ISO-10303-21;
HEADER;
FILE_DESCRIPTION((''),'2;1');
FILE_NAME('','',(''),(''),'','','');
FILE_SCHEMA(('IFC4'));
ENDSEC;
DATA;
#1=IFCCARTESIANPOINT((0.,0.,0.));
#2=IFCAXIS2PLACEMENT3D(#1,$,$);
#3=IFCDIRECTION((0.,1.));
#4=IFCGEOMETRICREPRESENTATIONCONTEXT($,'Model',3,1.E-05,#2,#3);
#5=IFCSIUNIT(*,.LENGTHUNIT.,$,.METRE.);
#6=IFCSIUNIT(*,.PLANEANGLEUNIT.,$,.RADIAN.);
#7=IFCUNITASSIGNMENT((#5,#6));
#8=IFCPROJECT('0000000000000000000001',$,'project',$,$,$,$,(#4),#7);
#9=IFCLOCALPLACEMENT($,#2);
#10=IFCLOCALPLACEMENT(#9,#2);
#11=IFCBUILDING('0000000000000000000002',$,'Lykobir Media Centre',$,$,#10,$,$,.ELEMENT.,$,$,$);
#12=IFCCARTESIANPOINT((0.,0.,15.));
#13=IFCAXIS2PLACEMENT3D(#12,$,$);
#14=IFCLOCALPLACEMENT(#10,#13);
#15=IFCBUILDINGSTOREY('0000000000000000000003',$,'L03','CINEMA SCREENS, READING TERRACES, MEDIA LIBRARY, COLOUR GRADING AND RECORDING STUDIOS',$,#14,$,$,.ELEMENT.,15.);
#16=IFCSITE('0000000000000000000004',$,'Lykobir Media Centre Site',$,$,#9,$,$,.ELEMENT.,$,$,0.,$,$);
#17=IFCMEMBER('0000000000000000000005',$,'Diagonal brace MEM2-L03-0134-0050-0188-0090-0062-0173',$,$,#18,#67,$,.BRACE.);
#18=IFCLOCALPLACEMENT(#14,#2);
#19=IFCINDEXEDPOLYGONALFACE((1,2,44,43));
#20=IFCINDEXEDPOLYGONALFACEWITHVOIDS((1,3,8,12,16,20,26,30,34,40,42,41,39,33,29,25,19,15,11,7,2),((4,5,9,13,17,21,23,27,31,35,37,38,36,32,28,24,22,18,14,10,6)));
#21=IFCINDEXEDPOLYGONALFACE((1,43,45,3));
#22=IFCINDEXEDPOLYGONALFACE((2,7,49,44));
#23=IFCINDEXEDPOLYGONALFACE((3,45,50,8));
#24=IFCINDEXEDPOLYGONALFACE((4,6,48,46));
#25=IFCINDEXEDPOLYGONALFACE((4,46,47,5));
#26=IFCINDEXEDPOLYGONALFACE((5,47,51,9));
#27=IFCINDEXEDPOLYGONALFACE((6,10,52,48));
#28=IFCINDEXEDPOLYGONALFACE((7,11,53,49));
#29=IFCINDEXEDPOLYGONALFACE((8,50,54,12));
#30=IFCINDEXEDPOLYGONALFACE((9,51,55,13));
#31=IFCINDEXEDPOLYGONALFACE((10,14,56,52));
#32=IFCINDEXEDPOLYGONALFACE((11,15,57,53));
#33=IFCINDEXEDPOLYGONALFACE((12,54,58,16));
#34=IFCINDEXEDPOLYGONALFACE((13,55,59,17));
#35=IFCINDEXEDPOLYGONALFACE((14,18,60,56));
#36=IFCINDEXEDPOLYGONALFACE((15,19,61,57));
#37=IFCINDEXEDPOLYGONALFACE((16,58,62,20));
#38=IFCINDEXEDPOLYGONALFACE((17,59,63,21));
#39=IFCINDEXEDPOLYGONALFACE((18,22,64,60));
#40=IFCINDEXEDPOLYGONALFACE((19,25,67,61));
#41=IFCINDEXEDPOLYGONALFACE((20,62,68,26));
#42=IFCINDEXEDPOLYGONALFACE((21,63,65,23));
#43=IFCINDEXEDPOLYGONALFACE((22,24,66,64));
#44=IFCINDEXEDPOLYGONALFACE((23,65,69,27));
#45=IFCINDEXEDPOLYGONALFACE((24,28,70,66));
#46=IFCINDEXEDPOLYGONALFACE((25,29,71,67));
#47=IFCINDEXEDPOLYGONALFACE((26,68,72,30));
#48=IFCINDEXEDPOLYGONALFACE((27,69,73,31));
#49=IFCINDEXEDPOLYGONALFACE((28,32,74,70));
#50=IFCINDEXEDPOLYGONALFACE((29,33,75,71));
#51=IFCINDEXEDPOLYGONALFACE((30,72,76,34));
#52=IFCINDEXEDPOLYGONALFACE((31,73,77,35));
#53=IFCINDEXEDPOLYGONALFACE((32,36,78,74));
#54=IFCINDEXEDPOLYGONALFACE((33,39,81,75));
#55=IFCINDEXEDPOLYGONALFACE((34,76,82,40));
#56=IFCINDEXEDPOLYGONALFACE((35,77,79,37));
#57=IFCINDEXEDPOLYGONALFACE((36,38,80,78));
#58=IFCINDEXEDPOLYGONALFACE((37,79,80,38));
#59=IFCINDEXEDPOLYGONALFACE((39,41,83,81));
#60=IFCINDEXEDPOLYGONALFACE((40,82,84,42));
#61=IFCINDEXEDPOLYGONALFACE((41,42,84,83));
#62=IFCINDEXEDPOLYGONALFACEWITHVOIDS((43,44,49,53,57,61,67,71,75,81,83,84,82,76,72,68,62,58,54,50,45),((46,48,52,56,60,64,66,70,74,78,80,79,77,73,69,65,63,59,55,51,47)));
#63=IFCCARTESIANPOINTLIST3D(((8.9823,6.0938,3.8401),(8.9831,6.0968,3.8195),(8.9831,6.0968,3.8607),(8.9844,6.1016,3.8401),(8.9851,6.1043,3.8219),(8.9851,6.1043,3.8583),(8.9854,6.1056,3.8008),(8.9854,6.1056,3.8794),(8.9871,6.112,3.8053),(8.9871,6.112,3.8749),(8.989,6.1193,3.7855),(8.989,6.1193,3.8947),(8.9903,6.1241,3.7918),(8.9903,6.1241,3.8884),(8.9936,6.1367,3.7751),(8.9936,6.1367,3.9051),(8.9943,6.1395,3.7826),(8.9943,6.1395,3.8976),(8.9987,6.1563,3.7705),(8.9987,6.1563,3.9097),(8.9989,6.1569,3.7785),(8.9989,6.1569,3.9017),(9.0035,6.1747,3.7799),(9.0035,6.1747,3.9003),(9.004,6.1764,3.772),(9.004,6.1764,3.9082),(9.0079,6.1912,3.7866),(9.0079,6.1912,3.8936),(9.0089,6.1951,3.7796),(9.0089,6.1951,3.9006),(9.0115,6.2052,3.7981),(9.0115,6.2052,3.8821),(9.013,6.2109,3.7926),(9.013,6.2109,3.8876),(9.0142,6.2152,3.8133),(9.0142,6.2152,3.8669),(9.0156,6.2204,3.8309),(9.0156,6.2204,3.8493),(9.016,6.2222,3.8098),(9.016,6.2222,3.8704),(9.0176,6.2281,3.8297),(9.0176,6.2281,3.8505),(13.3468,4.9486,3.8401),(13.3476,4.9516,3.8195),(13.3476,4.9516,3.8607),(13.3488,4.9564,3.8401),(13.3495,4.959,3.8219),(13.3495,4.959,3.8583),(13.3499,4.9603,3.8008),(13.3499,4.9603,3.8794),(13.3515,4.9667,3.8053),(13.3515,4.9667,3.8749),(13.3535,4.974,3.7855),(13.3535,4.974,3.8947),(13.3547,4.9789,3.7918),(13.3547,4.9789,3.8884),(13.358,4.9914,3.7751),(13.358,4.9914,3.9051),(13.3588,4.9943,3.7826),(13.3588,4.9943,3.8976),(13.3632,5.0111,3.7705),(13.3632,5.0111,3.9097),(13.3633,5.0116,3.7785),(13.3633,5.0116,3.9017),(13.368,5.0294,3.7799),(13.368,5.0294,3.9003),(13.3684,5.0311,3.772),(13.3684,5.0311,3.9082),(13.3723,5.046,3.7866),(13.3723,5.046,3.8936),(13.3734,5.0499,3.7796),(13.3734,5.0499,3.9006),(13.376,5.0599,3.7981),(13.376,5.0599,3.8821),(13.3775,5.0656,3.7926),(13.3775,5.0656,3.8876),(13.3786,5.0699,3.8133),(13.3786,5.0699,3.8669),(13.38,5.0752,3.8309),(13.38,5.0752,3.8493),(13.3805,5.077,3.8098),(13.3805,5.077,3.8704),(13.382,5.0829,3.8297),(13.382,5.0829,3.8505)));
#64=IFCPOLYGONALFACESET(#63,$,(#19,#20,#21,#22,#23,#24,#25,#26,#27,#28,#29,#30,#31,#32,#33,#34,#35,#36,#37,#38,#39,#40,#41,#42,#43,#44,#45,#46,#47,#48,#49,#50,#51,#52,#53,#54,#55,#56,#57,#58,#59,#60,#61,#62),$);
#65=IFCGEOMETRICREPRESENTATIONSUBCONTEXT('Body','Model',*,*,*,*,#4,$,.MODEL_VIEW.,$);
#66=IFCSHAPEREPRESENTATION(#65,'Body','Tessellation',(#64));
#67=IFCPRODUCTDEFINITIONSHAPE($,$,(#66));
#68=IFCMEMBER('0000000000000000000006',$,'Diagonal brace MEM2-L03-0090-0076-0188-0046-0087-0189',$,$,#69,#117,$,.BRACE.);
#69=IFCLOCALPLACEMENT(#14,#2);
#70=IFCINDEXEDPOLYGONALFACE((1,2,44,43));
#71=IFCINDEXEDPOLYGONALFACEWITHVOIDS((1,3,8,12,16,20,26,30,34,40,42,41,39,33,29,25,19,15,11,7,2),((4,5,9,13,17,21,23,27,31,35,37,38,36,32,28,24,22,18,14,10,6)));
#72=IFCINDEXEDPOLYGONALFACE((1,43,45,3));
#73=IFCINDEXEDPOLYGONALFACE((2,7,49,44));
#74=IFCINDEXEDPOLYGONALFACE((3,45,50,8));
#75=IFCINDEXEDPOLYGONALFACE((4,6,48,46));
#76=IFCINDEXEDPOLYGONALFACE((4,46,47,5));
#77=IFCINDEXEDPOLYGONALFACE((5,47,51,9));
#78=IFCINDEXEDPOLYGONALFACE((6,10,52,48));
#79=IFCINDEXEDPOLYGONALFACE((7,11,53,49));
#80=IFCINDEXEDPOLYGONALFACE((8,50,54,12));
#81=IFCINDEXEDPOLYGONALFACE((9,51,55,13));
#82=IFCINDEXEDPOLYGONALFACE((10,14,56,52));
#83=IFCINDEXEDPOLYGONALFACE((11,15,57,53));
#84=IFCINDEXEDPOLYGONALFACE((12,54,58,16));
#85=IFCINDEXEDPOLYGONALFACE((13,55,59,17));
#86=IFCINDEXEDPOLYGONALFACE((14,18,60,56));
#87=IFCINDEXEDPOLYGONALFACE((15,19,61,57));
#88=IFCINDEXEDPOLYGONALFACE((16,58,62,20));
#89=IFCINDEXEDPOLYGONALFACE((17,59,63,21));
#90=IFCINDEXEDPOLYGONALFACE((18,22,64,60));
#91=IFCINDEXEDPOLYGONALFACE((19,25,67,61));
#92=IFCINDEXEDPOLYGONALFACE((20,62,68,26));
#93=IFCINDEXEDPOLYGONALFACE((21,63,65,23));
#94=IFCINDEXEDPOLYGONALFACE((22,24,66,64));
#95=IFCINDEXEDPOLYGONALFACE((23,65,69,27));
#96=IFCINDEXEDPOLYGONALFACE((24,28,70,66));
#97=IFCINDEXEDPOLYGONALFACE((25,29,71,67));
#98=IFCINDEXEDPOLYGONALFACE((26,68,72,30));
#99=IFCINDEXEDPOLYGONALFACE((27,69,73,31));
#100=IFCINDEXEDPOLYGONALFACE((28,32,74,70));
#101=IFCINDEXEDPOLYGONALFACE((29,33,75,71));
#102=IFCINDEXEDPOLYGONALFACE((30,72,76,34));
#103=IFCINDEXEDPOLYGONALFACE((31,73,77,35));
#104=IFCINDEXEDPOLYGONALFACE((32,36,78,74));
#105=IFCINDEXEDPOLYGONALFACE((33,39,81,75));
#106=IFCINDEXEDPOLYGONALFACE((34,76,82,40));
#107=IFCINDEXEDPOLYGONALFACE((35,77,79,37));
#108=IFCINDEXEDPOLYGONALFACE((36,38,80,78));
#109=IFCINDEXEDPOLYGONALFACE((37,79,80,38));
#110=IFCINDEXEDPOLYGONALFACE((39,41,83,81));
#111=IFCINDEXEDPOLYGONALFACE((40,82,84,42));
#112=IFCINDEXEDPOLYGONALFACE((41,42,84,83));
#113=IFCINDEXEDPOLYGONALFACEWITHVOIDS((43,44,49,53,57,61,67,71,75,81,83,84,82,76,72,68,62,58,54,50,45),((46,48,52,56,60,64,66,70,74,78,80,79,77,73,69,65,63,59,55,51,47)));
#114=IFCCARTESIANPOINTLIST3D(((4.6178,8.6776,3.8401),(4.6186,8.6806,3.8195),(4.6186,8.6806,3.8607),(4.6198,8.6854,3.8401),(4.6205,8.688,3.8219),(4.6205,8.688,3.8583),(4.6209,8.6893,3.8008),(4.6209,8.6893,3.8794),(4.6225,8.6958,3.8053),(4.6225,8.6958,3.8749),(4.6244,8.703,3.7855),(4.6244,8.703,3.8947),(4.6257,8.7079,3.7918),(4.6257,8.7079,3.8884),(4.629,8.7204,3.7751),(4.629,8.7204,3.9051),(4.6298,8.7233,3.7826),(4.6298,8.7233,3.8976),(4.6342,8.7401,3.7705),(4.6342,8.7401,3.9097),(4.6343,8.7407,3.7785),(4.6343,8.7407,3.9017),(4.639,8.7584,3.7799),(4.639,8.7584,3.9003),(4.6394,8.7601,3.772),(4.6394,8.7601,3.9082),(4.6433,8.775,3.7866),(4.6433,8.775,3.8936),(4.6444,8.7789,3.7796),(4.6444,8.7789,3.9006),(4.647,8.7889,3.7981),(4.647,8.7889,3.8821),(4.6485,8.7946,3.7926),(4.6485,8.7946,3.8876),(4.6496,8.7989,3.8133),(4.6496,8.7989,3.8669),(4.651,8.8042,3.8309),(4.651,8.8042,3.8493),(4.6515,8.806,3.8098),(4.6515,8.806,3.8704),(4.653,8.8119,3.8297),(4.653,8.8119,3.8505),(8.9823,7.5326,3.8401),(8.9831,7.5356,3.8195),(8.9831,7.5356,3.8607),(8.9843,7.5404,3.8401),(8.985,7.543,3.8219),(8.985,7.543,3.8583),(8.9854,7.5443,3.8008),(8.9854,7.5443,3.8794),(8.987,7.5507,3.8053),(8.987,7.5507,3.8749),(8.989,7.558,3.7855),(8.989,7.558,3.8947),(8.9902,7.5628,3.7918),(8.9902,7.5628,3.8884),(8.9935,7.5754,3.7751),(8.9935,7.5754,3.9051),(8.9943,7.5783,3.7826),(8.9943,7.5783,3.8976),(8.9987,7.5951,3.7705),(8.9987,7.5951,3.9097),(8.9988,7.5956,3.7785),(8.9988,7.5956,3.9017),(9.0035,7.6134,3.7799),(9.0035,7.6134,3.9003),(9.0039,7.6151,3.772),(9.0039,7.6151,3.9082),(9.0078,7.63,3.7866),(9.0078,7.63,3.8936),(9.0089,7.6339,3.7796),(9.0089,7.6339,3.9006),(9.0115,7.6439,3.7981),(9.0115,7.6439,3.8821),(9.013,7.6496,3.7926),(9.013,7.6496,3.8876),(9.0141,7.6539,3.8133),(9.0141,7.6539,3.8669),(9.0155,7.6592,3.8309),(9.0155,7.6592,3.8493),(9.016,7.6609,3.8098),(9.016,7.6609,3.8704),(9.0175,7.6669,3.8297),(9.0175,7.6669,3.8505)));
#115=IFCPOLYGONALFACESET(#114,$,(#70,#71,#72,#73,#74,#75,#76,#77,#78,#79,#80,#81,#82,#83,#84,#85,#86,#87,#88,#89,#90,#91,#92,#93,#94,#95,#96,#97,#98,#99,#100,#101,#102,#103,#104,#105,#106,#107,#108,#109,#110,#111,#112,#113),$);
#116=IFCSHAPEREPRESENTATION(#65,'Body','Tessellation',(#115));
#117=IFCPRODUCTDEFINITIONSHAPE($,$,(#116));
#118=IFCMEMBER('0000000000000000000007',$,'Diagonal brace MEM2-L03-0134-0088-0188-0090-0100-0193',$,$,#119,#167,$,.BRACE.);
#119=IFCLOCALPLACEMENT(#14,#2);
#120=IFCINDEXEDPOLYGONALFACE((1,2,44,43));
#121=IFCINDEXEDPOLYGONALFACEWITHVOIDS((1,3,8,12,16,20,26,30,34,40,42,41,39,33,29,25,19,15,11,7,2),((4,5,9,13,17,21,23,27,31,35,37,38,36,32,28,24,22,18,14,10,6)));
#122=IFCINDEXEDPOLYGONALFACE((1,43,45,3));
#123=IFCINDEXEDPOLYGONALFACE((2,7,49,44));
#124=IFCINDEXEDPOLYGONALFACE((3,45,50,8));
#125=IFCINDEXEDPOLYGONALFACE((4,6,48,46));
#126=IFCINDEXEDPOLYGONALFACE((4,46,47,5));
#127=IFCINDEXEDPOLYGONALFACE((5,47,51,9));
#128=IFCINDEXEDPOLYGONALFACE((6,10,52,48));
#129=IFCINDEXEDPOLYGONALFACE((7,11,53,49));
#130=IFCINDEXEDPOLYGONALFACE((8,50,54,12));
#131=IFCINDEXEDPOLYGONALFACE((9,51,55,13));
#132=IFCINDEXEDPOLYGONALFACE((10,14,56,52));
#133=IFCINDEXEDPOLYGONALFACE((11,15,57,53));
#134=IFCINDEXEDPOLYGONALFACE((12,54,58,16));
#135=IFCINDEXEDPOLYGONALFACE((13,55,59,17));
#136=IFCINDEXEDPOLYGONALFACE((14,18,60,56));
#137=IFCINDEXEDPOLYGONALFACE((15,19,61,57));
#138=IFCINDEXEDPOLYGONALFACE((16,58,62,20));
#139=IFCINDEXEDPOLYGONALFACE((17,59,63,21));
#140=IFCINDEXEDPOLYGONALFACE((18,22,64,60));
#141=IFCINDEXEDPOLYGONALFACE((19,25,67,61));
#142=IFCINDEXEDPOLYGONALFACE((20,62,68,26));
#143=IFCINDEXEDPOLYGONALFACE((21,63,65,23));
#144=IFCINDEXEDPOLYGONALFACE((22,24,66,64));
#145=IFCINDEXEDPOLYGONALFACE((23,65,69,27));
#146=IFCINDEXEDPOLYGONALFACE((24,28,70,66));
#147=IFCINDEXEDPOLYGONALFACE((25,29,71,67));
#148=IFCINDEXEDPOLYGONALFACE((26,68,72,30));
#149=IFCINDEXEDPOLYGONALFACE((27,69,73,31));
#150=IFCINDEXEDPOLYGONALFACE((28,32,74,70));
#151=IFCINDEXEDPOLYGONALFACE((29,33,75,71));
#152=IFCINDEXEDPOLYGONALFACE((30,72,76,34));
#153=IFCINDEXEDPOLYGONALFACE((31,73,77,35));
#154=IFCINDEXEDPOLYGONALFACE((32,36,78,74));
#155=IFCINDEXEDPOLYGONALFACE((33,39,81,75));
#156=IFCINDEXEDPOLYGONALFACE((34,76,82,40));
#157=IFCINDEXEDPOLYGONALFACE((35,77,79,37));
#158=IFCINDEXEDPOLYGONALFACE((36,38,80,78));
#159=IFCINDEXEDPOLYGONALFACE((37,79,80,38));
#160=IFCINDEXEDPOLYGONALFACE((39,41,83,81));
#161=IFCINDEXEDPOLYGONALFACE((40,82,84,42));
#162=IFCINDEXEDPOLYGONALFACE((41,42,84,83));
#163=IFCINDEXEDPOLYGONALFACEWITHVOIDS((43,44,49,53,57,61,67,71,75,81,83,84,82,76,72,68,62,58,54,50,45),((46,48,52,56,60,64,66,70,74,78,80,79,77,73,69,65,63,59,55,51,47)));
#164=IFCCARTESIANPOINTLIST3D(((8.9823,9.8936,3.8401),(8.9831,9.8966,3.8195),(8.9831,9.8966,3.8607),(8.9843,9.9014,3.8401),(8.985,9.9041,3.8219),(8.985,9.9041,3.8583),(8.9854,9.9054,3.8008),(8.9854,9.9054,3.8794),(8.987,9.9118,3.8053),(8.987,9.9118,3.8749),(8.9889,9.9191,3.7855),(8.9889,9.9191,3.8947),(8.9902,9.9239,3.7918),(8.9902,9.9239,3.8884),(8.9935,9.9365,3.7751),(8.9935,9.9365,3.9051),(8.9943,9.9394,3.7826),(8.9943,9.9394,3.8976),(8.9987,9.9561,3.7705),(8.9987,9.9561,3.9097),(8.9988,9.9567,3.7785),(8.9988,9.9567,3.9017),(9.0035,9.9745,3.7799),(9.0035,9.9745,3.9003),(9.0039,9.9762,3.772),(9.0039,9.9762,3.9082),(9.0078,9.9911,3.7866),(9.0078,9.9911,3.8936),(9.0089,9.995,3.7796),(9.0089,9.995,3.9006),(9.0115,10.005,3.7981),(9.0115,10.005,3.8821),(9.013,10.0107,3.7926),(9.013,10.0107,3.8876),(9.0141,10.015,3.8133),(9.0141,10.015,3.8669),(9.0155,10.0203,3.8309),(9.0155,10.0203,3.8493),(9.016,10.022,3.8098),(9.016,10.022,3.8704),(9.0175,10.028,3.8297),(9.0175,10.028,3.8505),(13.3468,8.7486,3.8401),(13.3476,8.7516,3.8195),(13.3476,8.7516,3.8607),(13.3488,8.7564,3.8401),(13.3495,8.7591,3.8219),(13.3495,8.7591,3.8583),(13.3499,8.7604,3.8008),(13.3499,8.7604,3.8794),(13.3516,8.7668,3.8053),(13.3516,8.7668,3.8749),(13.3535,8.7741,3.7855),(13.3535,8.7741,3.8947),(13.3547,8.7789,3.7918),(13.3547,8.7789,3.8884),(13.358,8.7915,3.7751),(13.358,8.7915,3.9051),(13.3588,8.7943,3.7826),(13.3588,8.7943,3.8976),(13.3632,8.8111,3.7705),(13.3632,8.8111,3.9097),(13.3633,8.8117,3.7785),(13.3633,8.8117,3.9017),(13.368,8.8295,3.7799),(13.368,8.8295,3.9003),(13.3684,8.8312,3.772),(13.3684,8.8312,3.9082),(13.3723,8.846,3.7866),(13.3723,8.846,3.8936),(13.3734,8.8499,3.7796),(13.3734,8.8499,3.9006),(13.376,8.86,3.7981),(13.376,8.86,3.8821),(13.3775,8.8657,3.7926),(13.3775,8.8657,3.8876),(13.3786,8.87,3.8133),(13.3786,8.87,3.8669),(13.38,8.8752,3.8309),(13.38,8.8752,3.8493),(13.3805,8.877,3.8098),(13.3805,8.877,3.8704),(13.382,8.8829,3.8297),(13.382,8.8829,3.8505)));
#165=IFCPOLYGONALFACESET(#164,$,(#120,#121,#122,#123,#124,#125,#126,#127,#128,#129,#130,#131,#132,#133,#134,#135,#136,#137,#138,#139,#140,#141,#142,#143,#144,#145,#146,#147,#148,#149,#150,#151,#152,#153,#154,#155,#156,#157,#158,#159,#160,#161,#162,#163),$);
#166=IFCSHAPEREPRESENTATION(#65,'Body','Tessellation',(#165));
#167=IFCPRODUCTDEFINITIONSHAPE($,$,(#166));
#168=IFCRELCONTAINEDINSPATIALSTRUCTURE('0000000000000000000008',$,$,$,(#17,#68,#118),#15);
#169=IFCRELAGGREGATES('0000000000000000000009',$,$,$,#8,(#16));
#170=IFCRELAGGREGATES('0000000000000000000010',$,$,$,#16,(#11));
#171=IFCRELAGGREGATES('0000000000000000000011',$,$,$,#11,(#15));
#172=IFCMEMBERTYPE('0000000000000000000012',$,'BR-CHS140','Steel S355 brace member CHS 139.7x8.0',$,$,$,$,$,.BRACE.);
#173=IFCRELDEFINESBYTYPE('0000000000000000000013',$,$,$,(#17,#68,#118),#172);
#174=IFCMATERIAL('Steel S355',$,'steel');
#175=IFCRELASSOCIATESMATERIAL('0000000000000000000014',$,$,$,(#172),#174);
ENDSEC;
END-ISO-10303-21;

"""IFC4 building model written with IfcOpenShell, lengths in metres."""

from ifc_helpers import new_model, si_unit, direction, frame, origin, origin_2d, place, context, subcontext, project, spatial, hollow_circle, extrude, material, material_profile, profile_set, type_object, element, save


model = new_model("IFC4")

# Units and contexts
model_context = context("Model", 3, precision=1e-05, world=origin(), true_north=direction((0.0, 1.0)))
body_context = subcontext(model_context, "Body", "Model", "MODEL_VIEW")
ifc_project = project(units=[si_unit("LENGTHUNIT", "METRE"), si_unit("PLANEANGLEUNIT", "RADIAN")], contexts=[model_context])

# Site, building, storey
site_placement = place(None, origin())
site = spatial("IfcSite", under=ifc_project, at=site_placement, Name="Lykobir Media Centre Site", CompositionType="ELEMENT", RefElevation=0.0)
building_placement = place(site_placement, origin())
building = spatial("IfcBuilding", under=site, at=building_placement, Name="Lykobir Media Centre", CompositionType="ELEMENT")
storey_placement = place(building_placement, frame((0.0, 0.0, 15.0)))
storey = spatial("IfcBuildingStorey", under=building, at=storey_placement, Name="L03", Description="CINEMA SCREENS, READING TERRACES, MEDIA LIBRARY, COLOUR GRADING AND RECORDING STUDIOS", CompositionType="ELEMENT", Elevation=15.0)

# Members
ifc_material_1 = material(Name="Steel S355", Category="steel")
ifc_material_profile_1 = material_profile(ifc_material_1, hollow_circle(Radius=0.0698, WallThickness=0.0081, at=origin_2d()), Name="CHS 139.7x8.0")
ifc_profile_set_1 = profile_set([ifc_material_profile_1], Name="Steel S355")
member_type_1 = type_object("IfcMemberType", Name="BR-CHS140", Description="Steel S355 brace member CHS 139.7x8.0", PredefinedType="BRACE", material=ifc_profile_set_1)
for number, where, z_axis, x_axis, name in (
    (1, (13.3645, 5.0161, 3.8401), (-0.967254, 0.253811, 0.0), (-0.253811, -0.967254, 0.0), "Diagonal brace MEM2-L03-0134-0050-0188-0090-0062-0173"),
    (2, (9.0, 7.6001, 3.8401), (-0.967267, 0.253761, 0.0), (-0.253761, -0.967267, 0.0), "Diagonal brace MEM2-L03-0090-0076-0188-0046-0087-0189"),
    (3, (13.3645, 8.8162, 3.8401), (-0.967267, 0.253761, 0.0), (-0.253761, -0.967267, 0.0), "Diagonal brace MEM2-L03-0134-0088-0188-0090-0100-0193"),
):
    element("IfcMember", number, at=place(storey_placement, frame(where, z_axis=z_axis, x_axis=x_axis)), inside=storey, type_object=member_type_1, Name=name, PredefinedType="BRACE", context=body_context, shape_type="SweptSolid", body=[
        extrude(hollow_circle(Radius=0.0698, WallThickness=0.0081, at=origin_2d()), origin(), (0.0, 0.0, 1.0), 4.5122),
    ])

save(model, "model.ifc")
